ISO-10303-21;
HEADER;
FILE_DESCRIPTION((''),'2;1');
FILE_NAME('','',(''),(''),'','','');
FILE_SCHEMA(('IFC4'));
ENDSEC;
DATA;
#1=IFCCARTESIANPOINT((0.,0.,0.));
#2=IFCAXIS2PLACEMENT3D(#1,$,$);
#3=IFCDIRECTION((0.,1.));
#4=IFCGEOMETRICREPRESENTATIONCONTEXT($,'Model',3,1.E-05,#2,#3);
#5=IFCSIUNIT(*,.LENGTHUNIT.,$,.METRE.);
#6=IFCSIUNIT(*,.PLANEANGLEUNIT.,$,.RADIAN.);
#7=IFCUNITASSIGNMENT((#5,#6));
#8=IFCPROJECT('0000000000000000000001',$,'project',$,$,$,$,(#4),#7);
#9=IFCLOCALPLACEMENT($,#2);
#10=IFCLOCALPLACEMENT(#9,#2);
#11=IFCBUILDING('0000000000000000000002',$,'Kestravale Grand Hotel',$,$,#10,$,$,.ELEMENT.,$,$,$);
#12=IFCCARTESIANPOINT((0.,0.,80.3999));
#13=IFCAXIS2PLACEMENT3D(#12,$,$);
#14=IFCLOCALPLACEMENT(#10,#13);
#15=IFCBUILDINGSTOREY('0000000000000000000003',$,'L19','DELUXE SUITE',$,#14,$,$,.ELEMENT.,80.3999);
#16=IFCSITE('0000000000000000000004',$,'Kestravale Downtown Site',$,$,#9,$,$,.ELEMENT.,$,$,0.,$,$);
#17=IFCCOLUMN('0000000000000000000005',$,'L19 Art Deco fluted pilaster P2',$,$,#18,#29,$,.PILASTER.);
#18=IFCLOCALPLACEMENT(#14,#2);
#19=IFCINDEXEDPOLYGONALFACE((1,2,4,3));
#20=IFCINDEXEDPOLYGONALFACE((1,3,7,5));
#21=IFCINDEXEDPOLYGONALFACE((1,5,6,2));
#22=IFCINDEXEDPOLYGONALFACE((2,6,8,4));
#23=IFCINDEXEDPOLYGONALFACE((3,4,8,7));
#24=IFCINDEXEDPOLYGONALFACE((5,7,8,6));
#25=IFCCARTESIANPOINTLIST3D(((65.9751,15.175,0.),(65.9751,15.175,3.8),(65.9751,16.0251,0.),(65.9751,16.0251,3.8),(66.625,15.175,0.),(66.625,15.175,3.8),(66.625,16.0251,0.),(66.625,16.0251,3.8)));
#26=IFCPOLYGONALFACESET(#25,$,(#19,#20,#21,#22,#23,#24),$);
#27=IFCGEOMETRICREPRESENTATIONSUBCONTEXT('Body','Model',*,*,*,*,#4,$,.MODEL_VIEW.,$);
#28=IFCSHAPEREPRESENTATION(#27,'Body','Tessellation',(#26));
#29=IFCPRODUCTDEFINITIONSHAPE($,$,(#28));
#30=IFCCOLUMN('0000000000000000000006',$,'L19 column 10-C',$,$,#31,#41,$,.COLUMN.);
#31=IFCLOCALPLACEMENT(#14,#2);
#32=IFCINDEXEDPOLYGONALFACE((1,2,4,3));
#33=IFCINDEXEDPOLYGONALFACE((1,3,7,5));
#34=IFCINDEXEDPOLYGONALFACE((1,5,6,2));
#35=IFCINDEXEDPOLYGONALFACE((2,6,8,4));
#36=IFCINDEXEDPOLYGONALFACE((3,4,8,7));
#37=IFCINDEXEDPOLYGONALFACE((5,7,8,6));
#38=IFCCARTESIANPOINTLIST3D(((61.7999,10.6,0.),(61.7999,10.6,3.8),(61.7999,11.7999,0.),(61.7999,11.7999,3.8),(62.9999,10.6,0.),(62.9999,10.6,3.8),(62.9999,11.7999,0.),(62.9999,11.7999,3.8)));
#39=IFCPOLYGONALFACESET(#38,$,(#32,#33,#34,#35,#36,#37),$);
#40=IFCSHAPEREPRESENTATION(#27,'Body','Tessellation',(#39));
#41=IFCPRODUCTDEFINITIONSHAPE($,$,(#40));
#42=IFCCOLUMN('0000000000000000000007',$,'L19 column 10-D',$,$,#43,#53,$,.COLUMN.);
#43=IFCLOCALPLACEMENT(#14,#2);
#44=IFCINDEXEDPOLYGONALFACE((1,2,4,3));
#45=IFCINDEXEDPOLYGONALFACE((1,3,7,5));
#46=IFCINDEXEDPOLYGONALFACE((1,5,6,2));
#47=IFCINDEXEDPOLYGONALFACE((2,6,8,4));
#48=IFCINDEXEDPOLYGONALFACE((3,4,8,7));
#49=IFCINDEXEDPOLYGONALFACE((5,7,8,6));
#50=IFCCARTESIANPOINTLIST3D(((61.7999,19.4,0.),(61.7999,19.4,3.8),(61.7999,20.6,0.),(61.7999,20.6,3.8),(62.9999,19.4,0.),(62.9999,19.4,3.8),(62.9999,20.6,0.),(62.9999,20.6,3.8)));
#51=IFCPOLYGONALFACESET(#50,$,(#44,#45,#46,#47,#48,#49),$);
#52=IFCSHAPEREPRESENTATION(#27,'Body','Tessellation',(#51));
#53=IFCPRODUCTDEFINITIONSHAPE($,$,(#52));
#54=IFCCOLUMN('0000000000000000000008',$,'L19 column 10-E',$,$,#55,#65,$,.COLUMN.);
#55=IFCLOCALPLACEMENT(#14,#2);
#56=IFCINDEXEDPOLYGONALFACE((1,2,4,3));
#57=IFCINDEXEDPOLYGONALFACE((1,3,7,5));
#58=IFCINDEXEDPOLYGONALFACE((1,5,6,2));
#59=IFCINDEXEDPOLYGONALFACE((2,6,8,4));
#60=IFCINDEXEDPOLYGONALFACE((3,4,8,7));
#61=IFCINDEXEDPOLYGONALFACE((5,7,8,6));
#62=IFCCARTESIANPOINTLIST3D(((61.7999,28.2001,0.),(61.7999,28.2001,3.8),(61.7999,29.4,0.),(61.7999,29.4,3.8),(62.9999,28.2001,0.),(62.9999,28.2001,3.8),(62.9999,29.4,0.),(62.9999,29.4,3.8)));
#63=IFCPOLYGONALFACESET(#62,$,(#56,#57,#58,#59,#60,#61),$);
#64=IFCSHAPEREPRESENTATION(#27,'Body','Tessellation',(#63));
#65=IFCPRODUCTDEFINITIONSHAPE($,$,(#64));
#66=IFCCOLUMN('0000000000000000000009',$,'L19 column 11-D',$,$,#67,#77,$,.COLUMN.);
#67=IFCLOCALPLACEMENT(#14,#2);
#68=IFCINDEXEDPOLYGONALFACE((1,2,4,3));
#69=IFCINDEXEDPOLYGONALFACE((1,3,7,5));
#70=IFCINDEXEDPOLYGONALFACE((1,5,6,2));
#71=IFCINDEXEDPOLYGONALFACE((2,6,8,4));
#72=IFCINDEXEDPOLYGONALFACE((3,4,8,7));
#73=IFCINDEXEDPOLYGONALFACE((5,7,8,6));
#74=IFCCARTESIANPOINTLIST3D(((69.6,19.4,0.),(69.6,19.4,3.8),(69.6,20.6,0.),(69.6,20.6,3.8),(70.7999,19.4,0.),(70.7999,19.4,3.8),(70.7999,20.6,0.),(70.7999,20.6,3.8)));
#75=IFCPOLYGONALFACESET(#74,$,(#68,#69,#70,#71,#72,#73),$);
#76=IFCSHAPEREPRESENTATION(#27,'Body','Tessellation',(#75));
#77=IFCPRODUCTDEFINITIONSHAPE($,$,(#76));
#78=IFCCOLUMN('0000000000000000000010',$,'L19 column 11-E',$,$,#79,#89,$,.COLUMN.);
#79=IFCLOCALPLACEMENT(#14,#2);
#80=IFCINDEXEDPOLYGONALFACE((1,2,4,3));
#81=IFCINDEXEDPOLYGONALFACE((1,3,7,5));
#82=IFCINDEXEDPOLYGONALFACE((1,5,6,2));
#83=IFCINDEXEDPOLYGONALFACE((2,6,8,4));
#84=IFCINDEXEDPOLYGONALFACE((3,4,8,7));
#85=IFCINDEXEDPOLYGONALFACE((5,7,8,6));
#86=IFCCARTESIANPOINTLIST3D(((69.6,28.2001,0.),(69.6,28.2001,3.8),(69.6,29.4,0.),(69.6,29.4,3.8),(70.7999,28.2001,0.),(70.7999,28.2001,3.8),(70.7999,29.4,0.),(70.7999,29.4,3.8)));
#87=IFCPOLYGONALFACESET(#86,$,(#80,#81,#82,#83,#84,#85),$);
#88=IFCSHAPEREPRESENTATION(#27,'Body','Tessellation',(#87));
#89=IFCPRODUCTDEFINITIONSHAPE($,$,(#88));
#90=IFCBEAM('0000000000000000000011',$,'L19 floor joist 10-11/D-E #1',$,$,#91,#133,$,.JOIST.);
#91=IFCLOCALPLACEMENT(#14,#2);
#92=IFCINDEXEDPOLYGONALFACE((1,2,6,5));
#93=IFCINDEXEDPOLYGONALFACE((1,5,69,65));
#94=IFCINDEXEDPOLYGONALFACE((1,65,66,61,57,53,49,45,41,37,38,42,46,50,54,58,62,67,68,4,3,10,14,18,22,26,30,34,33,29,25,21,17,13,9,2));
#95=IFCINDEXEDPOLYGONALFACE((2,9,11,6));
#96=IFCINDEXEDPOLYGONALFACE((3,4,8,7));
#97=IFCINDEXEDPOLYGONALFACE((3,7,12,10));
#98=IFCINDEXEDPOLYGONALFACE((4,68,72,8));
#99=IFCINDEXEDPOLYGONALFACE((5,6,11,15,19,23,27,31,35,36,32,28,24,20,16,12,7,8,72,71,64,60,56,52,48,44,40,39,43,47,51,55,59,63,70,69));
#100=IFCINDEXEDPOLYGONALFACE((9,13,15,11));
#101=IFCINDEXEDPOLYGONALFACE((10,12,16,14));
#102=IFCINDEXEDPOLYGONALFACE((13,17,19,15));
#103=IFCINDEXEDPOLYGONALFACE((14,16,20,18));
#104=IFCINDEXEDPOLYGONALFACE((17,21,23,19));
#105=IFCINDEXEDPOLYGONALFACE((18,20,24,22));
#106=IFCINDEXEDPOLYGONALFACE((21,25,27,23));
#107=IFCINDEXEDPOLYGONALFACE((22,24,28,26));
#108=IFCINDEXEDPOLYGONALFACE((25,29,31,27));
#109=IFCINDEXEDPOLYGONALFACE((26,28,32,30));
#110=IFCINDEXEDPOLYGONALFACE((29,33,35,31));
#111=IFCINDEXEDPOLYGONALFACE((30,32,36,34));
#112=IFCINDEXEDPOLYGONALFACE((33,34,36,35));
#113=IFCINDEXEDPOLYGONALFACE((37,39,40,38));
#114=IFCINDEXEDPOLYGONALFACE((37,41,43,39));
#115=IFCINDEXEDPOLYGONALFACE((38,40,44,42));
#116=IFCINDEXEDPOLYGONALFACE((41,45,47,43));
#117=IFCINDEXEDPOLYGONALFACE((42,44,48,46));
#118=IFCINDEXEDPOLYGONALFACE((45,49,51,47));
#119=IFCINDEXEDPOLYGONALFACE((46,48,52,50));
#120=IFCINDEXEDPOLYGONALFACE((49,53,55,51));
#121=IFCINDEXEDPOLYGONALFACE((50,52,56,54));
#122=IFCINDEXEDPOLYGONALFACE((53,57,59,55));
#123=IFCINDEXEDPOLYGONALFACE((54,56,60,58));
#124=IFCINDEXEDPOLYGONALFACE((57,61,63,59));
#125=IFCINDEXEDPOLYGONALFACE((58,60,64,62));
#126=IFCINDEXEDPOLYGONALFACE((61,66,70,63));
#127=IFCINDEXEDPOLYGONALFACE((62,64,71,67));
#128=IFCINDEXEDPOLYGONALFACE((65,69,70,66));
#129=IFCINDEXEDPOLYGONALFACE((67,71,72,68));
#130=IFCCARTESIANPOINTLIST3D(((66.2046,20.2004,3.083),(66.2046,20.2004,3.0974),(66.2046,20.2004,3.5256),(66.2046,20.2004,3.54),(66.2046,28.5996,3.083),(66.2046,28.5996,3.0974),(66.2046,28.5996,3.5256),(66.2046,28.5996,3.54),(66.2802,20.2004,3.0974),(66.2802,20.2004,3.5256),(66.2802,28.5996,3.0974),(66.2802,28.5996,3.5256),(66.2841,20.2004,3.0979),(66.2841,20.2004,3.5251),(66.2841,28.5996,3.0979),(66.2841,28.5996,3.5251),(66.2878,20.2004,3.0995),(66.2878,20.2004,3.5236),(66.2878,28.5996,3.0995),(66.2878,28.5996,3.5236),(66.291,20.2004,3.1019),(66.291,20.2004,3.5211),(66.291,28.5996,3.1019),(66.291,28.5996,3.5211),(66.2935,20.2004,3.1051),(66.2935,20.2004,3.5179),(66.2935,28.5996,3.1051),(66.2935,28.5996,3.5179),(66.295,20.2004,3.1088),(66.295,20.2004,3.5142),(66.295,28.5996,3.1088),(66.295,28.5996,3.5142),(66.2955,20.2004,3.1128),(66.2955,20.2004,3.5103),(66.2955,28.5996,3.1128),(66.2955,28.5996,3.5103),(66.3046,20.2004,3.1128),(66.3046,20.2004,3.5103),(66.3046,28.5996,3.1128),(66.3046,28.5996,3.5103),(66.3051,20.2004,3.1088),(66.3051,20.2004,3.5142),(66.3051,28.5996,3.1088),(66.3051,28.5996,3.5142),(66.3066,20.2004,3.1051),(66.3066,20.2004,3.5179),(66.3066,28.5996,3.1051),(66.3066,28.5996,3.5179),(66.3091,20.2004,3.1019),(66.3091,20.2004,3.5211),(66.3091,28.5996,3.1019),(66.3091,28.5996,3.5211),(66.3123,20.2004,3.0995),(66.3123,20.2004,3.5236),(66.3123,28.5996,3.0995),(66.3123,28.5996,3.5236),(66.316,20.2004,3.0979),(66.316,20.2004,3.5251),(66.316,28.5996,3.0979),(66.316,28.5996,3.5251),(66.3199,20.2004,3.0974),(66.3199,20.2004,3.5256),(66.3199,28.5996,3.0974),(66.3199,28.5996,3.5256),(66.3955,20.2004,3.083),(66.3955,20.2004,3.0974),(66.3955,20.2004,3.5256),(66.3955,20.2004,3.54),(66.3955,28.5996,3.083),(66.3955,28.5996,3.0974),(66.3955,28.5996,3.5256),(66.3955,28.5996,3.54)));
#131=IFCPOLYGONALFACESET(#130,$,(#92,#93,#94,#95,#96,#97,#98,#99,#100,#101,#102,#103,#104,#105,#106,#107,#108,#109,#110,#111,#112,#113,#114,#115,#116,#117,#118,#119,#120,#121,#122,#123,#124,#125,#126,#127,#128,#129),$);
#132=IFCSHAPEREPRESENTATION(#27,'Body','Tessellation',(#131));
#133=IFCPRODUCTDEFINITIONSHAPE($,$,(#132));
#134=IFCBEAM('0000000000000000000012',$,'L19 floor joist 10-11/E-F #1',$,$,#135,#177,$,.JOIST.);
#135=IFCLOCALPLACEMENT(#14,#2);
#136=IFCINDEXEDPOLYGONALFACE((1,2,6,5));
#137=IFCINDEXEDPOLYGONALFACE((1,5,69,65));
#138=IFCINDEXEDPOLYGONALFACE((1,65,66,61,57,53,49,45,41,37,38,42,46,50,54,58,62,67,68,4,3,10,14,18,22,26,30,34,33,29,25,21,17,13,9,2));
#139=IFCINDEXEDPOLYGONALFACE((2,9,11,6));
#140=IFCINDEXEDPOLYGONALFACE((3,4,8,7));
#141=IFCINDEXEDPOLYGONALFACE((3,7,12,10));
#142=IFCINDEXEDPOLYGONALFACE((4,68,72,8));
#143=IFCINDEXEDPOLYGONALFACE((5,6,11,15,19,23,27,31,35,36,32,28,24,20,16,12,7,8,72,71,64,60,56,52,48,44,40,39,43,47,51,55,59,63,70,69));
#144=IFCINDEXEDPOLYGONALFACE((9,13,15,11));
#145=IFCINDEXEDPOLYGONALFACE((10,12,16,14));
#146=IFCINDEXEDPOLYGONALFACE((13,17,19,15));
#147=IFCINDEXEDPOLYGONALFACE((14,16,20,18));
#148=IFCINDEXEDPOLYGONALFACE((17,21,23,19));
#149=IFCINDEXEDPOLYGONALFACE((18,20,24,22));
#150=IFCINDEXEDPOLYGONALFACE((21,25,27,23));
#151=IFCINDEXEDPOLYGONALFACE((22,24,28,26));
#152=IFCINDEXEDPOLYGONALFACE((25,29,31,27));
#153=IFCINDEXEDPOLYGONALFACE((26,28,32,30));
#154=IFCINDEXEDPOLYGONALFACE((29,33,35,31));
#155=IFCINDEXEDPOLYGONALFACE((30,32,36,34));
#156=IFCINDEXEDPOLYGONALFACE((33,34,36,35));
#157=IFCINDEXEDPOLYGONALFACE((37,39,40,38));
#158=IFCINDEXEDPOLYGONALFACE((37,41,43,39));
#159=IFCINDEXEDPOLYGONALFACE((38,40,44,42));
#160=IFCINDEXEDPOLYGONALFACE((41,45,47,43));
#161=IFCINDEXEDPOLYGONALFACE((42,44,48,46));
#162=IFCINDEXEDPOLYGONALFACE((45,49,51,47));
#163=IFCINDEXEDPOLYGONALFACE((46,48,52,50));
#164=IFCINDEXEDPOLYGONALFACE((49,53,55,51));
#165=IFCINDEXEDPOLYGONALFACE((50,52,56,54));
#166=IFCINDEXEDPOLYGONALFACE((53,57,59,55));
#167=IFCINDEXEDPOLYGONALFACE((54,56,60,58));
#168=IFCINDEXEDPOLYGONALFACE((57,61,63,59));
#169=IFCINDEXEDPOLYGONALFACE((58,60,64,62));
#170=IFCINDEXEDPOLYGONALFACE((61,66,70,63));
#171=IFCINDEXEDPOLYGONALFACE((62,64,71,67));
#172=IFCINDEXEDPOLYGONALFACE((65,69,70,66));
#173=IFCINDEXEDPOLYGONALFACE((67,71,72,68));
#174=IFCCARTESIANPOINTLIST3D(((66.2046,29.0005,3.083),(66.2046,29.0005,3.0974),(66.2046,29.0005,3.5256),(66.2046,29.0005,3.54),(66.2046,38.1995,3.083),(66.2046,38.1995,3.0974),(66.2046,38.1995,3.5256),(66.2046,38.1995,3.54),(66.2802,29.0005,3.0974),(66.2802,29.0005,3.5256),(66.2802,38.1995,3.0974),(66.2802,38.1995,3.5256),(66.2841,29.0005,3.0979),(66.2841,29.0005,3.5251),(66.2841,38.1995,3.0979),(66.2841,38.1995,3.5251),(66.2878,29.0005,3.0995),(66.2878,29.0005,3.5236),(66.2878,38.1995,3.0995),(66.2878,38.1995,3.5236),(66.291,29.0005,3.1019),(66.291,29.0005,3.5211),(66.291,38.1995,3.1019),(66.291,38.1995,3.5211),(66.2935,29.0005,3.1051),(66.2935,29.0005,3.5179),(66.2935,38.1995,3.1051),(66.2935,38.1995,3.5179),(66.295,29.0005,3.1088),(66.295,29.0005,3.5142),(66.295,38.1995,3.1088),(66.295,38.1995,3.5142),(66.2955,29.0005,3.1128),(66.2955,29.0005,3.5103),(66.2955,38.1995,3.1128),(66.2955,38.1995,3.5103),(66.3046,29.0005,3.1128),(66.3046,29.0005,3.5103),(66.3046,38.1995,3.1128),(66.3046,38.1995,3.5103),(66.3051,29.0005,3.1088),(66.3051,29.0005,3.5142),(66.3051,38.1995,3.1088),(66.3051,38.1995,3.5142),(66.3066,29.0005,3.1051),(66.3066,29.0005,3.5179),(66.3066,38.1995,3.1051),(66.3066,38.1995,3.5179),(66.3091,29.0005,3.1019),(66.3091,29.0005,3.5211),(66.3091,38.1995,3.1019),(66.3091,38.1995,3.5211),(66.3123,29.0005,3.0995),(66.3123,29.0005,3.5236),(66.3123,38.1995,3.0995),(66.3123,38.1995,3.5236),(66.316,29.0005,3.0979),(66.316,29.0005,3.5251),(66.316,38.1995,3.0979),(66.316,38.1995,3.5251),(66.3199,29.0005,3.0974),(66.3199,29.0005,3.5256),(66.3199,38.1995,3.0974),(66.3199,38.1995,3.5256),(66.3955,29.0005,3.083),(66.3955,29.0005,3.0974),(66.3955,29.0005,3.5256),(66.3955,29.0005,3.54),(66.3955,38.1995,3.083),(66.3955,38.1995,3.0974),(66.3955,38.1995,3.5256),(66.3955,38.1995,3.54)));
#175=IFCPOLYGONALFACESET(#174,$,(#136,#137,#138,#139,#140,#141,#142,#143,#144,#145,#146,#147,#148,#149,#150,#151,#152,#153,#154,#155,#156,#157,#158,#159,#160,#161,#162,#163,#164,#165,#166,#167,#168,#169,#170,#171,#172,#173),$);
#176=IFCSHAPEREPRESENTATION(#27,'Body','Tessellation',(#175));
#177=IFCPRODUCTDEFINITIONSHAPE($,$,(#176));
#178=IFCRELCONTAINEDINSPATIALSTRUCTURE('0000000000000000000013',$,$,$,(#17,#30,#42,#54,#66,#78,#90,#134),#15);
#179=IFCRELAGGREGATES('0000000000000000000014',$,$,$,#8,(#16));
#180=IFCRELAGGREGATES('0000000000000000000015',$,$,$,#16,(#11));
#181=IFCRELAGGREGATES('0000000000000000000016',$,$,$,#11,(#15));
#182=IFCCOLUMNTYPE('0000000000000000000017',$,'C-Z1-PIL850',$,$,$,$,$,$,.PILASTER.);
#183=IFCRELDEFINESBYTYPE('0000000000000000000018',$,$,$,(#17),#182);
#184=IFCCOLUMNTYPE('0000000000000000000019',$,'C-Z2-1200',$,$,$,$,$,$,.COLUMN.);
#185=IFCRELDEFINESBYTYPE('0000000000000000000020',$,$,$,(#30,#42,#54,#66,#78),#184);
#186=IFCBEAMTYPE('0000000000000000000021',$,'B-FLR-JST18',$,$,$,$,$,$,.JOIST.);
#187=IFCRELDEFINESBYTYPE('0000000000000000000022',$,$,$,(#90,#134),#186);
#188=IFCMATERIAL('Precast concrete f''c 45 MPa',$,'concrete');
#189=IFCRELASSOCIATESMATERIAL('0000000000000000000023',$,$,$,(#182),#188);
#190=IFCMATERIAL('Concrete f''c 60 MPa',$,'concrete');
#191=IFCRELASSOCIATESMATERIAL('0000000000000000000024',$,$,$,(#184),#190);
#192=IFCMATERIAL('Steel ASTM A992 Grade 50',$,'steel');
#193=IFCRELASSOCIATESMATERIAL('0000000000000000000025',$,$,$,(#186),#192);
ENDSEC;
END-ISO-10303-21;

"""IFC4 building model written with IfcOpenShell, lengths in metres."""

from ifc_helpers import new_model, si_unit, direction, frame, origin, origin_2d, place, context, subcontext, project, spatial, rectangle, i_section, extrude, material, material_profile, profile_set, type_object, element, save


model = new_model("IFC4")

# Units and contexts
model_context = context("Model", 3, precision=1e-05, world=origin(), true_north=direction((0.0, 1.0)))
body_context = subcontext(model_context, "Body", "Model", "MODEL_VIEW")
ifc_project = project(units=[si_unit("LENGTHUNIT", "METRE"), si_unit("PLANEANGLEUNIT", "RADIAN")], contexts=[model_context])

# Site, building, storey
site_placement = place(None, origin())
site = spatial("IfcSite", under=ifc_project, at=site_placement, Name="Kestravale Downtown Site", CompositionType="ELEMENT", RefElevation=0.0)
building_placement = place(site_placement, origin())
building = spatial("IfcBuilding", under=site, at=building_placement, Name="Kestravale Grand Hotel", CompositionType="ELEMENT")
storey_placement = place(building_placement, frame((0.0, 0.0, 80.3999)))
storey = spatial("IfcBuildingStorey", under=building, at=storey_placement, Name="L19", Description="DELUXE SUITE", CompositionType="ELEMENT", Elevation=80.3999)

# Columns
ifc_material_1 = material(Name="Precast concrete f'c 45 MPa", Category="concrete")
ifc_material_profile_1 = material_profile(ifc_material_1, rectangle(XDim=0.6499, YDim=0.8501, at=origin_2d()))
ifc_profile_set_1 = profile_set([ifc_material_profile_1], Name="Precast concrete f'c 45 MPa")
column_type_1 = type_object("IfcColumnType", Name="C-Z1-PIL850", PredefinedType="PILASTER", material=ifc_profile_set_1)
column_placement = place(storey_placement, frame((66.3, 15.6001, 0.0), z_axis=(0.0, 0.0, 1.0), x_axis=(1.0, 0.0, 0.0)))
element("IfcColumn", 1, at=column_placement, inside=storey, type_object=column_type_1, Name="L19 Art Deco fluted pilaster P2", PredefinedType="PILASTER", context=body_context, shape_type="SweptSolid", body=[
    extrude(rectangle(XDim=0.6499, YDim=0.8501, at=origin_2d()), origin(), (0.0, 0.0, 1.0), 3.8),
])
ifc_material_2 = material(Name="Concrete f'c 60 MPa", Category="concrete")
ifc_material_profile_2 = material_profile(ifc_material_2, rectangle(XDim=1.2, YDim=1.2, at=origin_2d()))
ifc_profile_set_2 = profile_set([ifc_material_profile_2], Name="Concrete f'c 60 MPa")
column_type_2 = type_object("IfcColumnType", Name="C-Z2-1200", PredefinedType="COLUMN", material=ifc_profile_set_2)
for number, where, z_axis, x_axis, name in (
    (2, (62.3999, 11.2, 0.0), (0.0, 0.0, 1.0), (1.0, 0.0, 0.0), "L19 column 10-C"),
    (3, (62.3999, 20.0, 0.0), (0.0, 0.0, 1.0), (1.0, 0.0, 0.0), "L19 column 10-D"),
    (4, (62.3999, 28.8, 0.0), (0.0, 0.0, 1.0), (1.0, 0.0, 0.0), "L19 column 10-E"),
    (5, (70.2, 20.0, 0.0), (0.0, 0.0, 1.0), (1.0, 0.0, 0.0), "L19 column 11-D"),
    (6, (70.2, 28.8, 0.0), (0.0, 0.0, 1.0), (1.0, 0.0, 0.0), "L19 column 11-E"),
):
    element("IfcColumn", number, at=place(storey_placement, frame(where, z_axis=z_axis, x_axis=x_axis)), inside=storey, type_object=column_type_2, Name=name, PredefinedType="COLUMN", context=body_context, shape_type="SweptSolid", body=[
        extrude(rectangle(XDim=1.2, YDim=1.2, at=origin_2d()), origin(), (0.0, 0.0, 1.0), 3.8),
    ])

# Beams
ifc_material_3 = material(Name="Steel ASTM A992 Grade 50", Category="steel")
ifc_material_profile_3 = material_profile(ifc_material_3, i_section(OverallWidth=0.1909, OverallDepth=0.457, WebThickness=0.009, FlangeThickness=0.0144, FilletRadius=0.0154, at=origin_2d()))
ifc_profile_set_3 = profile_set([ifc_material_profile_3], Name="Steel ASTM A992 Grade 50")
beam_type_1 = type_object("IfcBeamType", Name="B-FLR-JST18", PredefinedType="JOIST", material=ifc_profile_set_3)
beam_1_placement = place(storey_placement, frame((66.3, 20.2004, 3.3115), z_axis=(0.0, 1.0, 0.0), x_axis=(-1.0, 0.0, 0.0)))
element("IfcBeam", 7, at=beam_1_placement, inside=storey, type_object=beam_type_1, Name="L19 floor joist 10-11/D-E #1", PredefinedType="JOIST", context=body_context, shape_type="SweptSolid", body=[
    extrude(i_section(OverallWidth=0.1909, OverallDepth=0.457, WebThickness=0.009, FlangeThickness=0.0144, FilletRadius=0.0154, at=origin_2d()), origin(), (0.0, 0.0, 1.0), 8.3992),
])
beam_2_placement = place(storey_placement, frame((66.3, 29.0005, 3.3115), z_axis=(0.0, 1.0, 0.0), x_axis=(-1.0, 0.0, 0.0)))
element("IfcBeam", 8, at=beam_2_placement, inside=storey, type_object=beam_type_1, Name="L19 floor joist 10-11/E-F #1", PredefinedType="JOIST", context=body_context, shape_type="SweptSolid", body=[
    extrude(i_section(OverallWidth=0.1909, OverallDepth=0.457, WebThickness=0.009, FlangeThickness=0.0144, FilletRadius=0.0154, at=origin_2d()), origin(), (0.0, 0.0, 1.0), 9.199),
])

save(model, "model.ifc")
